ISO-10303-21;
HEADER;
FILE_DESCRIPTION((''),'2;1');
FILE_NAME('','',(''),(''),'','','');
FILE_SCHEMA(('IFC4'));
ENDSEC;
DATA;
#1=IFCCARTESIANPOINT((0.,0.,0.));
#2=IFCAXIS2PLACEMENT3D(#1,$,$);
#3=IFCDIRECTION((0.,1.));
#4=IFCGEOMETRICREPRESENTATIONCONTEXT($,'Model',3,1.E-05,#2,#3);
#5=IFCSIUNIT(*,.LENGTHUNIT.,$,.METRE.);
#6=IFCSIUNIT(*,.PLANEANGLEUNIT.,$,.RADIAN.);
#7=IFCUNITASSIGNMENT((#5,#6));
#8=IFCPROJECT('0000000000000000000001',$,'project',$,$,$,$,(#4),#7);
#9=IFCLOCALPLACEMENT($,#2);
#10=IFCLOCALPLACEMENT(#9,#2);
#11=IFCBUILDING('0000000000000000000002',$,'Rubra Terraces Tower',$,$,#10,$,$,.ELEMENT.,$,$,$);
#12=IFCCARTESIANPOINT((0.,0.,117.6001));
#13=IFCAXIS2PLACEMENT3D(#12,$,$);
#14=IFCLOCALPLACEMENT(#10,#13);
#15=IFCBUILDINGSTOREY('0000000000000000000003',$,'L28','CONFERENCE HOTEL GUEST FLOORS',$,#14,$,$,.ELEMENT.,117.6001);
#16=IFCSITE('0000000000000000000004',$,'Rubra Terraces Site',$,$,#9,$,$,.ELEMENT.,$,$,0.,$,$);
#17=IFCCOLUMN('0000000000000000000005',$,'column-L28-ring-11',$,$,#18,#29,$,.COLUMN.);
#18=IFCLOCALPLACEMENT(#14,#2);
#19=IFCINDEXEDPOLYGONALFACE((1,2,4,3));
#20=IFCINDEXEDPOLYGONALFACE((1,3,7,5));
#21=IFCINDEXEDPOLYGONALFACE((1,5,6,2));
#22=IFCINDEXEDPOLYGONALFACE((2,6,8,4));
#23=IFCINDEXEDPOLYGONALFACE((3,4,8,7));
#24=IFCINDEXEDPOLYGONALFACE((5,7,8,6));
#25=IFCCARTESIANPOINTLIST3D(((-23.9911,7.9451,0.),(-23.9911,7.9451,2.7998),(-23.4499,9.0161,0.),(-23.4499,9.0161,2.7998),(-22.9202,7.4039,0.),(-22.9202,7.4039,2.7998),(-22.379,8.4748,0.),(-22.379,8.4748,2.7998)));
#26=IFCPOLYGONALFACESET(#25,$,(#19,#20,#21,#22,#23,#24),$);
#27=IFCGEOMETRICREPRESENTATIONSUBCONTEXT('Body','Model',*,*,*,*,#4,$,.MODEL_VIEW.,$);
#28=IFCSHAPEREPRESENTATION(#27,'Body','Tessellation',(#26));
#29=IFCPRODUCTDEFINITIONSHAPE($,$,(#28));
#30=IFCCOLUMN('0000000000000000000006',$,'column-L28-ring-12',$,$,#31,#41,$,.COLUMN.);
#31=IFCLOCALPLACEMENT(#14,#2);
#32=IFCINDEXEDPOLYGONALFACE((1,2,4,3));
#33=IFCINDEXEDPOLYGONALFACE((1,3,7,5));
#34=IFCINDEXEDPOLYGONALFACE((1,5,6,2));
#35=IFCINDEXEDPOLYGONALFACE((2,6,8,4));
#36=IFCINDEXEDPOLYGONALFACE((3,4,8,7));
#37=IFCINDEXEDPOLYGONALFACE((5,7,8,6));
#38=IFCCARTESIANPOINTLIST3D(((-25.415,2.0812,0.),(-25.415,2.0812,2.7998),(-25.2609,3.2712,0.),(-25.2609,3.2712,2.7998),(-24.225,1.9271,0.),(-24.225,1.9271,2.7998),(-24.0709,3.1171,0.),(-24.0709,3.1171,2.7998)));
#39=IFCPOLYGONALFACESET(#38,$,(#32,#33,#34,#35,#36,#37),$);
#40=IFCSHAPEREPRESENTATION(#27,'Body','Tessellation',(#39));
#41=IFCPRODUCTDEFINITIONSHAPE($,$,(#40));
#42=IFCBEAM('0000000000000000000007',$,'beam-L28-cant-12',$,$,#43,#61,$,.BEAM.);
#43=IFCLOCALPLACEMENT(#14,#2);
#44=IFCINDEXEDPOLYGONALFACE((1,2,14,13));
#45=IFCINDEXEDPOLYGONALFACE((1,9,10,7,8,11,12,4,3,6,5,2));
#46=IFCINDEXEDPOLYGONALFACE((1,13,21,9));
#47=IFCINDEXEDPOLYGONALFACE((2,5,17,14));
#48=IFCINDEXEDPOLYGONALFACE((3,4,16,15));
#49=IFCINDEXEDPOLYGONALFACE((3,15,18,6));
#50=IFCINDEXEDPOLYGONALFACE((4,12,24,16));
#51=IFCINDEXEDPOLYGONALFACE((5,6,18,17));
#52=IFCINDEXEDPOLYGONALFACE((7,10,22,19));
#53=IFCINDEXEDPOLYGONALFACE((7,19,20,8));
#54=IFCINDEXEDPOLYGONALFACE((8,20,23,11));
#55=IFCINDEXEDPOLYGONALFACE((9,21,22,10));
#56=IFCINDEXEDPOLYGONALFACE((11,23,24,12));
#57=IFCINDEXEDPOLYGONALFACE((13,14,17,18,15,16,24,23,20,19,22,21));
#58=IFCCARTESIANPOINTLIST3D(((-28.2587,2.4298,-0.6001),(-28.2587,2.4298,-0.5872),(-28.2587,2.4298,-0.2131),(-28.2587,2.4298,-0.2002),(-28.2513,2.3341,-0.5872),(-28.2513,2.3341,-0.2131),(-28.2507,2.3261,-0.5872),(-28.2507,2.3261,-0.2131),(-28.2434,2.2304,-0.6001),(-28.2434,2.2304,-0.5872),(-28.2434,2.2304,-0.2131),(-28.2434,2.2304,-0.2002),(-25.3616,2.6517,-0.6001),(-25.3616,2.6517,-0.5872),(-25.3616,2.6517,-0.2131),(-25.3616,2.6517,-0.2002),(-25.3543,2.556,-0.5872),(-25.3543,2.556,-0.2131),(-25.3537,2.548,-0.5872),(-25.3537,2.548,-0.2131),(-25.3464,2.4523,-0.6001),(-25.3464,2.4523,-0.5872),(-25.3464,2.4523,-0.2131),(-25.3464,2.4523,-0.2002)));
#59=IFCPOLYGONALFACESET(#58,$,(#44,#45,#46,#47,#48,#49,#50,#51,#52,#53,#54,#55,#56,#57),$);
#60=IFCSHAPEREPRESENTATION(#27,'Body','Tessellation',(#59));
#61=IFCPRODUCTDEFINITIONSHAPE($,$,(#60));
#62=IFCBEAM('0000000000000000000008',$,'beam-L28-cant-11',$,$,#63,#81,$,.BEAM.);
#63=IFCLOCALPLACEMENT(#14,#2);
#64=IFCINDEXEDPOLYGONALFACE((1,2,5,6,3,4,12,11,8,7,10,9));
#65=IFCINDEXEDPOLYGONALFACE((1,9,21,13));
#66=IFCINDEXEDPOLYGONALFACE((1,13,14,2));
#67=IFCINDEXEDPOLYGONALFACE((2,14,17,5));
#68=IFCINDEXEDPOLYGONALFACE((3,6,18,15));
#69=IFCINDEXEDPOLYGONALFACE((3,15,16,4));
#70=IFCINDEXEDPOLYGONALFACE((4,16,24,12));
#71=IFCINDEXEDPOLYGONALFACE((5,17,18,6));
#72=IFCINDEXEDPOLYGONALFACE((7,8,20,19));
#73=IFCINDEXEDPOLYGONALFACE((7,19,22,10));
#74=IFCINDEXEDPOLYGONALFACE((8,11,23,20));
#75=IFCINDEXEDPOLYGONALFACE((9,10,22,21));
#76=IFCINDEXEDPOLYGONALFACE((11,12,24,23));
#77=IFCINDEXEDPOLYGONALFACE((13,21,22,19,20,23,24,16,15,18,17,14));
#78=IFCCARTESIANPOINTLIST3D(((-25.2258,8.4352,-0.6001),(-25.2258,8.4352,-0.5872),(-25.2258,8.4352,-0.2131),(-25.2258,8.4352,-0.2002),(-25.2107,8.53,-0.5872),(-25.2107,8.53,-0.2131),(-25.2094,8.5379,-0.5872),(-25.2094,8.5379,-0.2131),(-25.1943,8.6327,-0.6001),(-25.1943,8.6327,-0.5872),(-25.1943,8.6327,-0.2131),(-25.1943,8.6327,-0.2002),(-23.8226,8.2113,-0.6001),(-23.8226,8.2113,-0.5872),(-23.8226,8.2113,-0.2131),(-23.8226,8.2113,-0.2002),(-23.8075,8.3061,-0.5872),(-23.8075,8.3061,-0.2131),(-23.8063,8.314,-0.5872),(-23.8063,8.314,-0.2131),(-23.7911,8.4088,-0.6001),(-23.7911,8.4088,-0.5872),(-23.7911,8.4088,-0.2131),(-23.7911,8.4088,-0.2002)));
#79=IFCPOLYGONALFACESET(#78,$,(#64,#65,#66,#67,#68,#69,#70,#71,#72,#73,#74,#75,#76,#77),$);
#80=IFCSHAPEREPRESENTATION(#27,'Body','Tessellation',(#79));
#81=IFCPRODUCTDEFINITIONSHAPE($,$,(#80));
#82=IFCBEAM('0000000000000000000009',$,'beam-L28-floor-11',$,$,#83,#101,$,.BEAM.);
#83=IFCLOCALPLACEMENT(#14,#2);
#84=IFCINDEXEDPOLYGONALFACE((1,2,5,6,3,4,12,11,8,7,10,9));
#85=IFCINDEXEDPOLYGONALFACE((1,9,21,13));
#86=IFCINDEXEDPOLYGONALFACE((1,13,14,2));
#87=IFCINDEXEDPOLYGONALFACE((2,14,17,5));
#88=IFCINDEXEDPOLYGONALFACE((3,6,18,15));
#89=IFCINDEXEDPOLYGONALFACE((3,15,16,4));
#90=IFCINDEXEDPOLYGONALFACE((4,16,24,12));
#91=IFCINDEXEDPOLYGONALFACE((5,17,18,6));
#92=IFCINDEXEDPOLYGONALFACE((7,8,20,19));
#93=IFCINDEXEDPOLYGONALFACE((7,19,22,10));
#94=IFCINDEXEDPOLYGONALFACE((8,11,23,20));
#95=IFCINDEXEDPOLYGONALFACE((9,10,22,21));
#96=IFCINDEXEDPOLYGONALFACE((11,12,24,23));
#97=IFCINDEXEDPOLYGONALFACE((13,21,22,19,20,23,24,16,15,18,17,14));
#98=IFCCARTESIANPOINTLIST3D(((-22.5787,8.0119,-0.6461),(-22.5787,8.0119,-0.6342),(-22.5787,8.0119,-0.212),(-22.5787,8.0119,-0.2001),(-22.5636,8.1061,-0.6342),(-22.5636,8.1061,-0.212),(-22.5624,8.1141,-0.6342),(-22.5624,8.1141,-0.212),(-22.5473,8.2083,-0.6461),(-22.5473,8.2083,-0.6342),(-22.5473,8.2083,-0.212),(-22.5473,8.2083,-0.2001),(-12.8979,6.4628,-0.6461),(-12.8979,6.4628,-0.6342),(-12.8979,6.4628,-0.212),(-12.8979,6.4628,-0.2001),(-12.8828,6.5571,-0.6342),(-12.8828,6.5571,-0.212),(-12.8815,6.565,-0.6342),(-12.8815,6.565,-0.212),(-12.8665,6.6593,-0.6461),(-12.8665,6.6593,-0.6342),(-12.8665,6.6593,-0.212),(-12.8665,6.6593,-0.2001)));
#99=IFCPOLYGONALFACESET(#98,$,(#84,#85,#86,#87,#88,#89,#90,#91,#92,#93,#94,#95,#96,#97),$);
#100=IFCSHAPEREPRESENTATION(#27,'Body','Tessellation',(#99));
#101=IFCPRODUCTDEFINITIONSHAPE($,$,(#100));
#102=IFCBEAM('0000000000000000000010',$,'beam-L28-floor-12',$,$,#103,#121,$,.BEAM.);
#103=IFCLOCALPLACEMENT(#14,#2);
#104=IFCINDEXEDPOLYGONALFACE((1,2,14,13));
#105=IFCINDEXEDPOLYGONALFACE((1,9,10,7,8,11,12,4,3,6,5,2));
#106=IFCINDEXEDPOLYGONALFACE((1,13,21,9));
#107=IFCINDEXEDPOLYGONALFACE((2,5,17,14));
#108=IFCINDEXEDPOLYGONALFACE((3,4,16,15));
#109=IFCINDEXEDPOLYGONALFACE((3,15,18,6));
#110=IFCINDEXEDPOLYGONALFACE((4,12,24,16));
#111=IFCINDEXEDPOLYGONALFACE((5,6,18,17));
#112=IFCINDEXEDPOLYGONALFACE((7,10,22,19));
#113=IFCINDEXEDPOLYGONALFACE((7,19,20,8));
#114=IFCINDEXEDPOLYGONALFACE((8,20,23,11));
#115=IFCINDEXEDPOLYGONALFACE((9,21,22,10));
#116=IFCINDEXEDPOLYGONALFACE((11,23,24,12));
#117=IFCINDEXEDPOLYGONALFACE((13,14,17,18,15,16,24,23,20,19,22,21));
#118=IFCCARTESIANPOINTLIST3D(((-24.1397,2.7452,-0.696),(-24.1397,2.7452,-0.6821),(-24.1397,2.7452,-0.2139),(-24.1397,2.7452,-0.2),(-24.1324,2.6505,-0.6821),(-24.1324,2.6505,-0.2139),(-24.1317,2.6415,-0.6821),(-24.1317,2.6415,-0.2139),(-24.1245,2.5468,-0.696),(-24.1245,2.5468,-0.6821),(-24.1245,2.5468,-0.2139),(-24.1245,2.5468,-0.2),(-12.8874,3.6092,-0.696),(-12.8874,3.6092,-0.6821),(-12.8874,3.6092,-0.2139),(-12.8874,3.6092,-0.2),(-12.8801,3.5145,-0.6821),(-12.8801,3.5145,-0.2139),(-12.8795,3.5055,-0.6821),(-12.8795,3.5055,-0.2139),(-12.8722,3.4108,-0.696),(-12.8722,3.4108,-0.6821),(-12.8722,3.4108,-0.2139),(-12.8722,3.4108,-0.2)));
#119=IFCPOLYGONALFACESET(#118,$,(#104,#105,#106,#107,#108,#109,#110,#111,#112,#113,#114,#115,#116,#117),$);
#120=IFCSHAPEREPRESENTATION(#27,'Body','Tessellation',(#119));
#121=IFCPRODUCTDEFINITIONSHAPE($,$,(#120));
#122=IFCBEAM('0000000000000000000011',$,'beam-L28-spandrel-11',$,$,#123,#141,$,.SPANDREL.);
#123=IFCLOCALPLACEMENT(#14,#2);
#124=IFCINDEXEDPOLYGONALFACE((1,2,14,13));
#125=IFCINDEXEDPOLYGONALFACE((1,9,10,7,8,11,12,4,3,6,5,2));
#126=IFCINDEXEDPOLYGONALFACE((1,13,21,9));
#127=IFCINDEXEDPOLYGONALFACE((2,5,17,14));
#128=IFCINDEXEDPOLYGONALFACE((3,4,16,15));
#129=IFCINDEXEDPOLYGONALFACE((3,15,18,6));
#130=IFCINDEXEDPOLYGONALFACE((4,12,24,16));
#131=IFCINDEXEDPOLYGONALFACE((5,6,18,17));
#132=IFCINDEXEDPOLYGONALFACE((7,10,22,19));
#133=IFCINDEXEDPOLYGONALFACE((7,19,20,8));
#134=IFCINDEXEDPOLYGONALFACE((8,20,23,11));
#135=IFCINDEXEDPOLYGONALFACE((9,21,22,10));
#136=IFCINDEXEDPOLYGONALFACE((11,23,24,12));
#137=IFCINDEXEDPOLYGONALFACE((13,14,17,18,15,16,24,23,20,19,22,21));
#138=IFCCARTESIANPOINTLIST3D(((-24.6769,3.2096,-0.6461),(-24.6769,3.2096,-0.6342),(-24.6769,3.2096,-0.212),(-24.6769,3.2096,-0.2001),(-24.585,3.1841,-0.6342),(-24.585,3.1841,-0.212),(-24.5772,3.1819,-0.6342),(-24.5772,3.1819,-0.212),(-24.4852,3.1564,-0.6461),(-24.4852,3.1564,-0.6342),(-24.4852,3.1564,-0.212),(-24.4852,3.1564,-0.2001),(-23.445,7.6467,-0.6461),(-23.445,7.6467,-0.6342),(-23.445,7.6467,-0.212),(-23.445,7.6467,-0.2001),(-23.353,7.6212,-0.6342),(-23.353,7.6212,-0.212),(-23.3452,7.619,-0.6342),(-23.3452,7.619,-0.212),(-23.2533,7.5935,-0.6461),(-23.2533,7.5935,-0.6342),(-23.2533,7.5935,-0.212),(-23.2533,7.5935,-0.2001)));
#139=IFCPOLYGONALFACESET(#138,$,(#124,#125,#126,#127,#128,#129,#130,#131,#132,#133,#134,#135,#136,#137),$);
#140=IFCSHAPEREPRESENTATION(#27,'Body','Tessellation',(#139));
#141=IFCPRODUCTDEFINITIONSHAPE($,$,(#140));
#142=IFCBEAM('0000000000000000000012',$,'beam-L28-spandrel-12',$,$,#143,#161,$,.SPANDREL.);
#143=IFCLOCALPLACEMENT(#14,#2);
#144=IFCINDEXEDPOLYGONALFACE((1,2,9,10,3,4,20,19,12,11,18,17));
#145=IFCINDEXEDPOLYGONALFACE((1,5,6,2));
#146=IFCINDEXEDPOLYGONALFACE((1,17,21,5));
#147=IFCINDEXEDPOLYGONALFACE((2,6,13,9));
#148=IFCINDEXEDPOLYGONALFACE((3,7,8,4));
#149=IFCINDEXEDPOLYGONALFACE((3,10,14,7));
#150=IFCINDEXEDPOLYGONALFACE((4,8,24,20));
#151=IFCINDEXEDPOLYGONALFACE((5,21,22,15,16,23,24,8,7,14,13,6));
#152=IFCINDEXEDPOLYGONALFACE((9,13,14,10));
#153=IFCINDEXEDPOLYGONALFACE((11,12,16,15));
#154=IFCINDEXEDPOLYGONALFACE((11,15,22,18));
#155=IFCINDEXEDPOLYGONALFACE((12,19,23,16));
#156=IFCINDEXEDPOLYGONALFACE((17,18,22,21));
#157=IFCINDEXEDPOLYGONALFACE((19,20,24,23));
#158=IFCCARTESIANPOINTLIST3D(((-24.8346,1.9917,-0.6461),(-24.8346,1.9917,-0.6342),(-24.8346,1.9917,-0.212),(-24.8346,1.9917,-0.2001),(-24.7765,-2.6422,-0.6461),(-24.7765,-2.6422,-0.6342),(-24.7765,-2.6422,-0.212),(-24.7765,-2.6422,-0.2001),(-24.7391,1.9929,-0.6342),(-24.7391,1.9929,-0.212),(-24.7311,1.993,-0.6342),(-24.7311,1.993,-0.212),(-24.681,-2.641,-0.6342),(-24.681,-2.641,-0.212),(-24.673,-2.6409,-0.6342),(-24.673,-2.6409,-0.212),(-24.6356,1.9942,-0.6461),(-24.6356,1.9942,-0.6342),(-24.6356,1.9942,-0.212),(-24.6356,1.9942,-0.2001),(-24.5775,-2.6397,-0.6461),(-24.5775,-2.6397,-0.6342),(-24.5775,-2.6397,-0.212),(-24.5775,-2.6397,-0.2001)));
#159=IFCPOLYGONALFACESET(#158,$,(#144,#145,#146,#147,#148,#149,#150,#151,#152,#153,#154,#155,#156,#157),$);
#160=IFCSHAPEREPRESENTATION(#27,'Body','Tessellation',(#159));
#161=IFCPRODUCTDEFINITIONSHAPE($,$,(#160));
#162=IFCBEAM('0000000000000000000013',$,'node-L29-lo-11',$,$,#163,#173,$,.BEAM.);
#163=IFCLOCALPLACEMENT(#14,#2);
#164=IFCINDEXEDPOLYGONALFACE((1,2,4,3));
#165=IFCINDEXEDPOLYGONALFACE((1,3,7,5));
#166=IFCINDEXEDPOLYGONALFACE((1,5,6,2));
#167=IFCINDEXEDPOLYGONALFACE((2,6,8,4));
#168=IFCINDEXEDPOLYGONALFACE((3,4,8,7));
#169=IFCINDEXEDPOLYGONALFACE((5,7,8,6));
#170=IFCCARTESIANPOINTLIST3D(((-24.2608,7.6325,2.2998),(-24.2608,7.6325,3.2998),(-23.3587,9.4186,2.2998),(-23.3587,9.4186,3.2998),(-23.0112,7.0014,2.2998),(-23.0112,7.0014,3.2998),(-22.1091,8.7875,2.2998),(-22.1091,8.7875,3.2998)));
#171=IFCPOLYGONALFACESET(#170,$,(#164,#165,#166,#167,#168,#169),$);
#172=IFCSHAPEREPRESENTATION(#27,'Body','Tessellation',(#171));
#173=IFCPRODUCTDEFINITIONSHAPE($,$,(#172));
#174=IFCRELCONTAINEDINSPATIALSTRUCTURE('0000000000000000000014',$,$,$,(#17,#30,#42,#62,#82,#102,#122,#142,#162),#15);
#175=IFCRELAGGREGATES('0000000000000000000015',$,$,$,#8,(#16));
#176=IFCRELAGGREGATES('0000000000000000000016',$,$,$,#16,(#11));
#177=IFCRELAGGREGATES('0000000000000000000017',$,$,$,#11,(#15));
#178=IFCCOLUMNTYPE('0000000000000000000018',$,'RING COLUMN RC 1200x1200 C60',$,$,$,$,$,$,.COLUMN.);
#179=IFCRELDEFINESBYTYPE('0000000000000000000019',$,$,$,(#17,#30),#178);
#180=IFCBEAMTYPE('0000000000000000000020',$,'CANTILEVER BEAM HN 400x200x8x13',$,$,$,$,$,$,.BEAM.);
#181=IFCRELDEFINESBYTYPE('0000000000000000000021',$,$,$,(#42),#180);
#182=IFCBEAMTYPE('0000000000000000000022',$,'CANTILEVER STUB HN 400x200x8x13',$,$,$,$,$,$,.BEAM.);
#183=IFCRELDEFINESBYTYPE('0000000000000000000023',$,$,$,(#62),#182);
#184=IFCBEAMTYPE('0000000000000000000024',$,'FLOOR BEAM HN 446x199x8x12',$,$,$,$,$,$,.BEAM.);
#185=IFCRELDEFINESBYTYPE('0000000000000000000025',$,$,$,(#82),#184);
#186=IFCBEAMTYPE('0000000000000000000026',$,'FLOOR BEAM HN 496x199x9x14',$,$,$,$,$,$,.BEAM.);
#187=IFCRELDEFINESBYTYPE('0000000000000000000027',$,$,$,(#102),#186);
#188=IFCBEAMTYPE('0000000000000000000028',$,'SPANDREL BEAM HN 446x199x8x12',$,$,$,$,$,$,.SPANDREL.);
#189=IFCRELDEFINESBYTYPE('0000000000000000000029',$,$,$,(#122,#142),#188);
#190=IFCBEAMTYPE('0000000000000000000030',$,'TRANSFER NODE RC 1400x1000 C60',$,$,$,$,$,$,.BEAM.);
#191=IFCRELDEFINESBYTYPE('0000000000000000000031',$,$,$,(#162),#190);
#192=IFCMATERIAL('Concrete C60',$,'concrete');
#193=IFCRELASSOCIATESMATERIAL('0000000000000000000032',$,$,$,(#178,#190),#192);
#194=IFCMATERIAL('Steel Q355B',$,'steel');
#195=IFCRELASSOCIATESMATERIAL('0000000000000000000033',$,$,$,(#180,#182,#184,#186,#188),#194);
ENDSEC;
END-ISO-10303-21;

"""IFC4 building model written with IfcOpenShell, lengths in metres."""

from ifc_helpers import new_model, si_unit, direction, frame, origin, origin_2d, place, context, subcontext, project, spatial, rectangle, i_section, extrude, material, material_profile, profile_set, type_object, element, save


model = new_model("IFC4")

# Units and contexts
model_context = context("Model", 3, precision=1e-05, world=origin(), true_north=direction((0.0, 1.0)))
body_context = subcontext(model_context, "Body", "Model", "MODEL_VIEW")
ifc_project = project(units=[si_unit("LENGTHUNIT", "METRE"), si_unit("PLANEANGLEUNIT", "RADIAN")], contexts=[model_context])

# Site, building, storey
site_placement = place(None, origin())
site = spatial("IfcSite", under=ifc_project, at=site_placement, Name="Rubra Terraces Site", CompositionType="ELEMENT", RefElevation=0.0)
building_placement = place(site_placement, origin())
building = spatial("IfcBuilding", under=site, at=building_placement, Name="Rubra Terraces Tower", CompositionType="ELEMENT")
storey_placement = place(building_placement, frame((0.0, 0.0, 117.6001)))
storey = spatial("IfcBuildingStorey", under=building, at=storey_placement, Name="L28", Description="CONFERENCE HOTEL GUEST FLOORS", CompositionType="ELEMENT", Elevation=117.6001)

# Columns
ifc_material_1 = material(Name="Concrete C60", Category="concrete")
ifc_material_profile_1 = material_profile(ifc_material_1, rectangle(XDim=1.2, YDim=1.2, at=origin_2d()), Name="RC 1200x1200")
ifc_profile_set_1 = profile_set([ifc_material_profile_1], Name="Concrete C60")
column_type = type_object("IfcColumnType", Name="RING COLUMN RC 1200x1200 C60", PredefinedType="COLUMN", material=ifc_profile_set_1)
for number, where, z_axis, x_axis, name in (
    (1, (-23.1851, 8.21, 0.0), (0.0, 0.0, 1.0), (-0.451028, -0.89251, 0.0), "column-L28-ring-11"),
    (2, (-24.7429, 2.5991, 0.0), (0.0, 0.0, 1.0), (-0.128444, -0.991717, 0.0), "column-L28-ring-12"),
):
    element("IfcColumn", number, at=place(storey_placement, frame(where, z_axis=z_axis, x_axis=x_axis)), inside=storey, type_object=column_type, Name=name, PredefinedType="COLUMN", context=body_context, shape_type="SweptSolid", body=[
        extrude(rectangle(XDim=1.2, YDim=1.2, at=origin_2d()), origin(), (0.0, 0.0, 1.0), 2.7998),
    ])

# Beams
ifc_material_2 = material(Name="Steel Q355B", Category="steel")
ifc_material_profile_2 = material_profile(ifc_material_2, i_section(OverallWidth=0.2, OverallDepth=0.3999, WebThickness=0.0081, FlangeThickness=0.0129, at=origin_2d()), Name="HN 400x200x8x13")
ifc_profile_set_2 = profile_set([ifc_material_profile_2], Name="Steel Q355B")
beam_type_1 = type_object("IfcBeamType", Name="CANTILEVER BEAM HN 400x200x8x13", PredefinedType="BEAM", material=ifc_profile_set_2)
beam_1_placement = place(storey_placement, frame((-25.354, 2.552, -0.4001), z_axis=(-0.997079, -0.076382, 0.0), x_axis=(0.076382, -0.997079, 0.0)))
element("IfcBeam", 3, at=beam_1_placement, inside=storey, type_object=beam_type_1, Name="beam-L28-cant-12", PredefinedType="BEAM", context=body_context, shape_type="SweptSolid", body=[
    extrude(i_section(OverallWidth=0.2, OverallDepth=0.3999, WebThickness=0.0081, FlangeThickness=0.0129, at=origin_2d()), origin(), (0.0, 0.0, 1.0), 2.9055),
])
ifc_material_profile_3 = material_profile(ifc_material_2, i_section(OverallWidth=0.2, OverallDepth=0.3999, WebThickness=0.0081, FlangeThickness=0.0129, at=origin_2d()), Name="HN 400x200x8x13")
ifc_profile_set_3 = profile_set([ifc_material_profile_3], Name="Steel Q355B")
beam_type_2 = type_object("IfcBeamType", Name="CANTILEVER STUB HN 400x200x8x13", PredefinedType="BEAM", material=ifc_profile_set_3)
beam_2_placement = place(storey_placement, frame((-23.8069, 8.3101, -0.4001), z_axis=(-0.987508, 0.157568, 0.0), x_axis=(-0.157568, -0.987508, 0.0)))
element("IfcBeam", 4, at=beam_2_placement, inside=storey, type_object=beam_type_2, Name="beam-L28-cant-11", PredefinedType="BEAM", context=body_context, shape_type="SweptSolid", body=[
    extrude(i_section(OverallWidth=0.2, OverallDepth=0.3999, WebThickness=0.0081, FlangeThickness=0.0129, at=origin_2d()), origin(), (0.0, 0.0, 1.0), 1.4209),
])
ifc_material_profile_4 = material_profile(ifc_material_2, i_section(OverallWidth=0.199, OverallDepth=0.446, WebThickness=0.0081, FlangeThickness=0.012, at=origin_2d()), Name="HN 446x199x8x12")
ifc_profile_set_4 = profile_set([ifc_material_profile_4], Name="Steel Q355B")
beam_type_3 = type_object("IfcBeamType", Name="FLOOR BEAM HN 446x199x8x12", PredefinedType="BEAM", material=ifc_profile_set_4)
beam_3_placement = place(storey_placement, frame((-22.563, 8.1101, -0.4231), z_axis=(0.987439, -0.158003, 0.0), x_axis=(0.158003, 0.987439, 0.0)))
element("IfcBeam", 5, at=beam_3_placement, inside=storey, type_object=beam_type_3, Name="beam-L28-floor-11", PredefinedType="BEAM", context=body_context, shape_type="SweptSolid", body=[
    extrude(i_section(OverallWidth=0.199, OverallDepth=0.446, WebThickness=0.0081, FlangeThickness=0.012, at=origin_2d()), origin(), (0.0, 0.0, 1.0), 9.804),
])
ifc_material_profile_5 = material_profile(ifc_material_2, i_section(OverallWidth=0.199, OverallDepth=0.4961, WebThickness=0.009, FlangeThickness=0.0139, at=origin_2d()), Name="HN 496x199x9x14")
ifc_profile_set_5 = profile_set([ifc_material_profile_5], Name="Steel Q355B")
beam_type_4 = type_object("IfcBeamType", Name="FLOOR BEAM HN 496x199x9x14", PredefinedType="BEAM", material=ifc_profile_set_5)
beam_4_placement = place(storey_placement, frame((-24.1321, 2.646, -0.448), z_axis=(0.997065, 0.076561, 0.0), x_axis=(-0.076561, 0.997065, 0.0)))
element("IfcBeam", 6, at=beam_4_placement, inside=storey, type_object=beam_type_4, Name="beam-L28-floor-12", PredefinedType="BEAM", context=body_context, shape_type="SweptSolid", body=[
    extrude(i_section(OverallWidth=0.199, OverallDepth=0.4961, WebThickness=0.009, FlangeThickness=0.0139, at=origin_2d()), origin(), (0.0, 0.0, 1.0), 11.2854),
])
ifc_material_profile_6 = material_profile(ifc_material_2, i_section(OverallWidth=0.199, OverallDepth=0.446, WebThickness=0.0081, FlangeThickness=0.012, at=origin_2d()), Name="HN 446x199x8x12")
ifc_profile_set_6 = profile_set([ifc_material_profile_6], Name="Steel Q355B")
beam_type_5 = type_object("IfcBeamType", Name="SPANDREL BEAM HN 446x199x8x12", PredefinedType="SPANDREL", material=ifc_profile_set_6)
beam_5_placement = place(storey_placement, frame((-23.3491, 7.6201, -0.4231), z_axis=(-0.267529, -0.96355, 0.0), x_axis=(0.96355, -0.267529, 0.0)))
element("IfcBeam", 7, at=beam_5_placement, inside=storey, type_object=beam_type_5, Name="beam-L28-spandrel-11", PredefinedType="SPANDREL", context=body_context, shape_type="SweptSolid", body=[
    extrude(i_section(OverallWidth=0.199, OverallDepth=0.446, WebThickness=0.0081, FlangeThickness=0.012, at=origin_2d()), origin(), (0.0, 0.0, 1.0), 4.605),
])
beam_6_placement = place(storey_placement, frame((-24.7351, 1.9929, -0.4231), z_axis=(0.012538, -0.999921, 0.0), x_axis=(0.999921, 0.012538, 0.0)))
element("IfcBeam", 8, at=beam_6_placement, inside=storey, type_object=beam_type_5, Name="beam-L28-spandrel-12", PredefinedType="SPANDREL", context=body_context, shape_type="SweptSolid", body=[
    extrude(i_section(OverallWidth=0.199, OverallDepth=0.446, WebThickness=0.0081, FlangeThickness=0.012, at=origin_2d()), origin(), (0.0, 0.0, 1.0), 4.6343),
])
ifc_material_profile_7 = material_profile(ifc_material_1, rectangle(XDim=1.3999, YDim=1.0, at=origin_2d()), Name="RC 1400x1000")
ifc_profile_set_7 = profile_set([ifc_material_profile_7], Name="Concrete C60")
beam_type_6 = type_object("IfcBeamType", Name="TRANSFER NODE RC 1400x1000 C60", PredefinedType="BEAM", material=ifc_profile_set_7)
beam_7_placement = place(storey_placement, frame((-22.7339, 9.103, 2.7998), z_axis=(-0.450821, -0.892614, 0.0), x_axis=(0.892614, -0.450821, 0.0)))
element("IfcBeam", 9, at=beam_7_placement, inside=storey, type_object=beam_type_6, Name="node-L29-lo-11", PredefinedType="BEAM", context=body_context, shape_type="SweptSolid", body=[
    extrude(rectangle(XDim=1.3999, YDim=1.0, at=origin_2d()), origin(), (0.0, 0.0, 1.0), 2.001),
])

save(model, "model.ifc")
